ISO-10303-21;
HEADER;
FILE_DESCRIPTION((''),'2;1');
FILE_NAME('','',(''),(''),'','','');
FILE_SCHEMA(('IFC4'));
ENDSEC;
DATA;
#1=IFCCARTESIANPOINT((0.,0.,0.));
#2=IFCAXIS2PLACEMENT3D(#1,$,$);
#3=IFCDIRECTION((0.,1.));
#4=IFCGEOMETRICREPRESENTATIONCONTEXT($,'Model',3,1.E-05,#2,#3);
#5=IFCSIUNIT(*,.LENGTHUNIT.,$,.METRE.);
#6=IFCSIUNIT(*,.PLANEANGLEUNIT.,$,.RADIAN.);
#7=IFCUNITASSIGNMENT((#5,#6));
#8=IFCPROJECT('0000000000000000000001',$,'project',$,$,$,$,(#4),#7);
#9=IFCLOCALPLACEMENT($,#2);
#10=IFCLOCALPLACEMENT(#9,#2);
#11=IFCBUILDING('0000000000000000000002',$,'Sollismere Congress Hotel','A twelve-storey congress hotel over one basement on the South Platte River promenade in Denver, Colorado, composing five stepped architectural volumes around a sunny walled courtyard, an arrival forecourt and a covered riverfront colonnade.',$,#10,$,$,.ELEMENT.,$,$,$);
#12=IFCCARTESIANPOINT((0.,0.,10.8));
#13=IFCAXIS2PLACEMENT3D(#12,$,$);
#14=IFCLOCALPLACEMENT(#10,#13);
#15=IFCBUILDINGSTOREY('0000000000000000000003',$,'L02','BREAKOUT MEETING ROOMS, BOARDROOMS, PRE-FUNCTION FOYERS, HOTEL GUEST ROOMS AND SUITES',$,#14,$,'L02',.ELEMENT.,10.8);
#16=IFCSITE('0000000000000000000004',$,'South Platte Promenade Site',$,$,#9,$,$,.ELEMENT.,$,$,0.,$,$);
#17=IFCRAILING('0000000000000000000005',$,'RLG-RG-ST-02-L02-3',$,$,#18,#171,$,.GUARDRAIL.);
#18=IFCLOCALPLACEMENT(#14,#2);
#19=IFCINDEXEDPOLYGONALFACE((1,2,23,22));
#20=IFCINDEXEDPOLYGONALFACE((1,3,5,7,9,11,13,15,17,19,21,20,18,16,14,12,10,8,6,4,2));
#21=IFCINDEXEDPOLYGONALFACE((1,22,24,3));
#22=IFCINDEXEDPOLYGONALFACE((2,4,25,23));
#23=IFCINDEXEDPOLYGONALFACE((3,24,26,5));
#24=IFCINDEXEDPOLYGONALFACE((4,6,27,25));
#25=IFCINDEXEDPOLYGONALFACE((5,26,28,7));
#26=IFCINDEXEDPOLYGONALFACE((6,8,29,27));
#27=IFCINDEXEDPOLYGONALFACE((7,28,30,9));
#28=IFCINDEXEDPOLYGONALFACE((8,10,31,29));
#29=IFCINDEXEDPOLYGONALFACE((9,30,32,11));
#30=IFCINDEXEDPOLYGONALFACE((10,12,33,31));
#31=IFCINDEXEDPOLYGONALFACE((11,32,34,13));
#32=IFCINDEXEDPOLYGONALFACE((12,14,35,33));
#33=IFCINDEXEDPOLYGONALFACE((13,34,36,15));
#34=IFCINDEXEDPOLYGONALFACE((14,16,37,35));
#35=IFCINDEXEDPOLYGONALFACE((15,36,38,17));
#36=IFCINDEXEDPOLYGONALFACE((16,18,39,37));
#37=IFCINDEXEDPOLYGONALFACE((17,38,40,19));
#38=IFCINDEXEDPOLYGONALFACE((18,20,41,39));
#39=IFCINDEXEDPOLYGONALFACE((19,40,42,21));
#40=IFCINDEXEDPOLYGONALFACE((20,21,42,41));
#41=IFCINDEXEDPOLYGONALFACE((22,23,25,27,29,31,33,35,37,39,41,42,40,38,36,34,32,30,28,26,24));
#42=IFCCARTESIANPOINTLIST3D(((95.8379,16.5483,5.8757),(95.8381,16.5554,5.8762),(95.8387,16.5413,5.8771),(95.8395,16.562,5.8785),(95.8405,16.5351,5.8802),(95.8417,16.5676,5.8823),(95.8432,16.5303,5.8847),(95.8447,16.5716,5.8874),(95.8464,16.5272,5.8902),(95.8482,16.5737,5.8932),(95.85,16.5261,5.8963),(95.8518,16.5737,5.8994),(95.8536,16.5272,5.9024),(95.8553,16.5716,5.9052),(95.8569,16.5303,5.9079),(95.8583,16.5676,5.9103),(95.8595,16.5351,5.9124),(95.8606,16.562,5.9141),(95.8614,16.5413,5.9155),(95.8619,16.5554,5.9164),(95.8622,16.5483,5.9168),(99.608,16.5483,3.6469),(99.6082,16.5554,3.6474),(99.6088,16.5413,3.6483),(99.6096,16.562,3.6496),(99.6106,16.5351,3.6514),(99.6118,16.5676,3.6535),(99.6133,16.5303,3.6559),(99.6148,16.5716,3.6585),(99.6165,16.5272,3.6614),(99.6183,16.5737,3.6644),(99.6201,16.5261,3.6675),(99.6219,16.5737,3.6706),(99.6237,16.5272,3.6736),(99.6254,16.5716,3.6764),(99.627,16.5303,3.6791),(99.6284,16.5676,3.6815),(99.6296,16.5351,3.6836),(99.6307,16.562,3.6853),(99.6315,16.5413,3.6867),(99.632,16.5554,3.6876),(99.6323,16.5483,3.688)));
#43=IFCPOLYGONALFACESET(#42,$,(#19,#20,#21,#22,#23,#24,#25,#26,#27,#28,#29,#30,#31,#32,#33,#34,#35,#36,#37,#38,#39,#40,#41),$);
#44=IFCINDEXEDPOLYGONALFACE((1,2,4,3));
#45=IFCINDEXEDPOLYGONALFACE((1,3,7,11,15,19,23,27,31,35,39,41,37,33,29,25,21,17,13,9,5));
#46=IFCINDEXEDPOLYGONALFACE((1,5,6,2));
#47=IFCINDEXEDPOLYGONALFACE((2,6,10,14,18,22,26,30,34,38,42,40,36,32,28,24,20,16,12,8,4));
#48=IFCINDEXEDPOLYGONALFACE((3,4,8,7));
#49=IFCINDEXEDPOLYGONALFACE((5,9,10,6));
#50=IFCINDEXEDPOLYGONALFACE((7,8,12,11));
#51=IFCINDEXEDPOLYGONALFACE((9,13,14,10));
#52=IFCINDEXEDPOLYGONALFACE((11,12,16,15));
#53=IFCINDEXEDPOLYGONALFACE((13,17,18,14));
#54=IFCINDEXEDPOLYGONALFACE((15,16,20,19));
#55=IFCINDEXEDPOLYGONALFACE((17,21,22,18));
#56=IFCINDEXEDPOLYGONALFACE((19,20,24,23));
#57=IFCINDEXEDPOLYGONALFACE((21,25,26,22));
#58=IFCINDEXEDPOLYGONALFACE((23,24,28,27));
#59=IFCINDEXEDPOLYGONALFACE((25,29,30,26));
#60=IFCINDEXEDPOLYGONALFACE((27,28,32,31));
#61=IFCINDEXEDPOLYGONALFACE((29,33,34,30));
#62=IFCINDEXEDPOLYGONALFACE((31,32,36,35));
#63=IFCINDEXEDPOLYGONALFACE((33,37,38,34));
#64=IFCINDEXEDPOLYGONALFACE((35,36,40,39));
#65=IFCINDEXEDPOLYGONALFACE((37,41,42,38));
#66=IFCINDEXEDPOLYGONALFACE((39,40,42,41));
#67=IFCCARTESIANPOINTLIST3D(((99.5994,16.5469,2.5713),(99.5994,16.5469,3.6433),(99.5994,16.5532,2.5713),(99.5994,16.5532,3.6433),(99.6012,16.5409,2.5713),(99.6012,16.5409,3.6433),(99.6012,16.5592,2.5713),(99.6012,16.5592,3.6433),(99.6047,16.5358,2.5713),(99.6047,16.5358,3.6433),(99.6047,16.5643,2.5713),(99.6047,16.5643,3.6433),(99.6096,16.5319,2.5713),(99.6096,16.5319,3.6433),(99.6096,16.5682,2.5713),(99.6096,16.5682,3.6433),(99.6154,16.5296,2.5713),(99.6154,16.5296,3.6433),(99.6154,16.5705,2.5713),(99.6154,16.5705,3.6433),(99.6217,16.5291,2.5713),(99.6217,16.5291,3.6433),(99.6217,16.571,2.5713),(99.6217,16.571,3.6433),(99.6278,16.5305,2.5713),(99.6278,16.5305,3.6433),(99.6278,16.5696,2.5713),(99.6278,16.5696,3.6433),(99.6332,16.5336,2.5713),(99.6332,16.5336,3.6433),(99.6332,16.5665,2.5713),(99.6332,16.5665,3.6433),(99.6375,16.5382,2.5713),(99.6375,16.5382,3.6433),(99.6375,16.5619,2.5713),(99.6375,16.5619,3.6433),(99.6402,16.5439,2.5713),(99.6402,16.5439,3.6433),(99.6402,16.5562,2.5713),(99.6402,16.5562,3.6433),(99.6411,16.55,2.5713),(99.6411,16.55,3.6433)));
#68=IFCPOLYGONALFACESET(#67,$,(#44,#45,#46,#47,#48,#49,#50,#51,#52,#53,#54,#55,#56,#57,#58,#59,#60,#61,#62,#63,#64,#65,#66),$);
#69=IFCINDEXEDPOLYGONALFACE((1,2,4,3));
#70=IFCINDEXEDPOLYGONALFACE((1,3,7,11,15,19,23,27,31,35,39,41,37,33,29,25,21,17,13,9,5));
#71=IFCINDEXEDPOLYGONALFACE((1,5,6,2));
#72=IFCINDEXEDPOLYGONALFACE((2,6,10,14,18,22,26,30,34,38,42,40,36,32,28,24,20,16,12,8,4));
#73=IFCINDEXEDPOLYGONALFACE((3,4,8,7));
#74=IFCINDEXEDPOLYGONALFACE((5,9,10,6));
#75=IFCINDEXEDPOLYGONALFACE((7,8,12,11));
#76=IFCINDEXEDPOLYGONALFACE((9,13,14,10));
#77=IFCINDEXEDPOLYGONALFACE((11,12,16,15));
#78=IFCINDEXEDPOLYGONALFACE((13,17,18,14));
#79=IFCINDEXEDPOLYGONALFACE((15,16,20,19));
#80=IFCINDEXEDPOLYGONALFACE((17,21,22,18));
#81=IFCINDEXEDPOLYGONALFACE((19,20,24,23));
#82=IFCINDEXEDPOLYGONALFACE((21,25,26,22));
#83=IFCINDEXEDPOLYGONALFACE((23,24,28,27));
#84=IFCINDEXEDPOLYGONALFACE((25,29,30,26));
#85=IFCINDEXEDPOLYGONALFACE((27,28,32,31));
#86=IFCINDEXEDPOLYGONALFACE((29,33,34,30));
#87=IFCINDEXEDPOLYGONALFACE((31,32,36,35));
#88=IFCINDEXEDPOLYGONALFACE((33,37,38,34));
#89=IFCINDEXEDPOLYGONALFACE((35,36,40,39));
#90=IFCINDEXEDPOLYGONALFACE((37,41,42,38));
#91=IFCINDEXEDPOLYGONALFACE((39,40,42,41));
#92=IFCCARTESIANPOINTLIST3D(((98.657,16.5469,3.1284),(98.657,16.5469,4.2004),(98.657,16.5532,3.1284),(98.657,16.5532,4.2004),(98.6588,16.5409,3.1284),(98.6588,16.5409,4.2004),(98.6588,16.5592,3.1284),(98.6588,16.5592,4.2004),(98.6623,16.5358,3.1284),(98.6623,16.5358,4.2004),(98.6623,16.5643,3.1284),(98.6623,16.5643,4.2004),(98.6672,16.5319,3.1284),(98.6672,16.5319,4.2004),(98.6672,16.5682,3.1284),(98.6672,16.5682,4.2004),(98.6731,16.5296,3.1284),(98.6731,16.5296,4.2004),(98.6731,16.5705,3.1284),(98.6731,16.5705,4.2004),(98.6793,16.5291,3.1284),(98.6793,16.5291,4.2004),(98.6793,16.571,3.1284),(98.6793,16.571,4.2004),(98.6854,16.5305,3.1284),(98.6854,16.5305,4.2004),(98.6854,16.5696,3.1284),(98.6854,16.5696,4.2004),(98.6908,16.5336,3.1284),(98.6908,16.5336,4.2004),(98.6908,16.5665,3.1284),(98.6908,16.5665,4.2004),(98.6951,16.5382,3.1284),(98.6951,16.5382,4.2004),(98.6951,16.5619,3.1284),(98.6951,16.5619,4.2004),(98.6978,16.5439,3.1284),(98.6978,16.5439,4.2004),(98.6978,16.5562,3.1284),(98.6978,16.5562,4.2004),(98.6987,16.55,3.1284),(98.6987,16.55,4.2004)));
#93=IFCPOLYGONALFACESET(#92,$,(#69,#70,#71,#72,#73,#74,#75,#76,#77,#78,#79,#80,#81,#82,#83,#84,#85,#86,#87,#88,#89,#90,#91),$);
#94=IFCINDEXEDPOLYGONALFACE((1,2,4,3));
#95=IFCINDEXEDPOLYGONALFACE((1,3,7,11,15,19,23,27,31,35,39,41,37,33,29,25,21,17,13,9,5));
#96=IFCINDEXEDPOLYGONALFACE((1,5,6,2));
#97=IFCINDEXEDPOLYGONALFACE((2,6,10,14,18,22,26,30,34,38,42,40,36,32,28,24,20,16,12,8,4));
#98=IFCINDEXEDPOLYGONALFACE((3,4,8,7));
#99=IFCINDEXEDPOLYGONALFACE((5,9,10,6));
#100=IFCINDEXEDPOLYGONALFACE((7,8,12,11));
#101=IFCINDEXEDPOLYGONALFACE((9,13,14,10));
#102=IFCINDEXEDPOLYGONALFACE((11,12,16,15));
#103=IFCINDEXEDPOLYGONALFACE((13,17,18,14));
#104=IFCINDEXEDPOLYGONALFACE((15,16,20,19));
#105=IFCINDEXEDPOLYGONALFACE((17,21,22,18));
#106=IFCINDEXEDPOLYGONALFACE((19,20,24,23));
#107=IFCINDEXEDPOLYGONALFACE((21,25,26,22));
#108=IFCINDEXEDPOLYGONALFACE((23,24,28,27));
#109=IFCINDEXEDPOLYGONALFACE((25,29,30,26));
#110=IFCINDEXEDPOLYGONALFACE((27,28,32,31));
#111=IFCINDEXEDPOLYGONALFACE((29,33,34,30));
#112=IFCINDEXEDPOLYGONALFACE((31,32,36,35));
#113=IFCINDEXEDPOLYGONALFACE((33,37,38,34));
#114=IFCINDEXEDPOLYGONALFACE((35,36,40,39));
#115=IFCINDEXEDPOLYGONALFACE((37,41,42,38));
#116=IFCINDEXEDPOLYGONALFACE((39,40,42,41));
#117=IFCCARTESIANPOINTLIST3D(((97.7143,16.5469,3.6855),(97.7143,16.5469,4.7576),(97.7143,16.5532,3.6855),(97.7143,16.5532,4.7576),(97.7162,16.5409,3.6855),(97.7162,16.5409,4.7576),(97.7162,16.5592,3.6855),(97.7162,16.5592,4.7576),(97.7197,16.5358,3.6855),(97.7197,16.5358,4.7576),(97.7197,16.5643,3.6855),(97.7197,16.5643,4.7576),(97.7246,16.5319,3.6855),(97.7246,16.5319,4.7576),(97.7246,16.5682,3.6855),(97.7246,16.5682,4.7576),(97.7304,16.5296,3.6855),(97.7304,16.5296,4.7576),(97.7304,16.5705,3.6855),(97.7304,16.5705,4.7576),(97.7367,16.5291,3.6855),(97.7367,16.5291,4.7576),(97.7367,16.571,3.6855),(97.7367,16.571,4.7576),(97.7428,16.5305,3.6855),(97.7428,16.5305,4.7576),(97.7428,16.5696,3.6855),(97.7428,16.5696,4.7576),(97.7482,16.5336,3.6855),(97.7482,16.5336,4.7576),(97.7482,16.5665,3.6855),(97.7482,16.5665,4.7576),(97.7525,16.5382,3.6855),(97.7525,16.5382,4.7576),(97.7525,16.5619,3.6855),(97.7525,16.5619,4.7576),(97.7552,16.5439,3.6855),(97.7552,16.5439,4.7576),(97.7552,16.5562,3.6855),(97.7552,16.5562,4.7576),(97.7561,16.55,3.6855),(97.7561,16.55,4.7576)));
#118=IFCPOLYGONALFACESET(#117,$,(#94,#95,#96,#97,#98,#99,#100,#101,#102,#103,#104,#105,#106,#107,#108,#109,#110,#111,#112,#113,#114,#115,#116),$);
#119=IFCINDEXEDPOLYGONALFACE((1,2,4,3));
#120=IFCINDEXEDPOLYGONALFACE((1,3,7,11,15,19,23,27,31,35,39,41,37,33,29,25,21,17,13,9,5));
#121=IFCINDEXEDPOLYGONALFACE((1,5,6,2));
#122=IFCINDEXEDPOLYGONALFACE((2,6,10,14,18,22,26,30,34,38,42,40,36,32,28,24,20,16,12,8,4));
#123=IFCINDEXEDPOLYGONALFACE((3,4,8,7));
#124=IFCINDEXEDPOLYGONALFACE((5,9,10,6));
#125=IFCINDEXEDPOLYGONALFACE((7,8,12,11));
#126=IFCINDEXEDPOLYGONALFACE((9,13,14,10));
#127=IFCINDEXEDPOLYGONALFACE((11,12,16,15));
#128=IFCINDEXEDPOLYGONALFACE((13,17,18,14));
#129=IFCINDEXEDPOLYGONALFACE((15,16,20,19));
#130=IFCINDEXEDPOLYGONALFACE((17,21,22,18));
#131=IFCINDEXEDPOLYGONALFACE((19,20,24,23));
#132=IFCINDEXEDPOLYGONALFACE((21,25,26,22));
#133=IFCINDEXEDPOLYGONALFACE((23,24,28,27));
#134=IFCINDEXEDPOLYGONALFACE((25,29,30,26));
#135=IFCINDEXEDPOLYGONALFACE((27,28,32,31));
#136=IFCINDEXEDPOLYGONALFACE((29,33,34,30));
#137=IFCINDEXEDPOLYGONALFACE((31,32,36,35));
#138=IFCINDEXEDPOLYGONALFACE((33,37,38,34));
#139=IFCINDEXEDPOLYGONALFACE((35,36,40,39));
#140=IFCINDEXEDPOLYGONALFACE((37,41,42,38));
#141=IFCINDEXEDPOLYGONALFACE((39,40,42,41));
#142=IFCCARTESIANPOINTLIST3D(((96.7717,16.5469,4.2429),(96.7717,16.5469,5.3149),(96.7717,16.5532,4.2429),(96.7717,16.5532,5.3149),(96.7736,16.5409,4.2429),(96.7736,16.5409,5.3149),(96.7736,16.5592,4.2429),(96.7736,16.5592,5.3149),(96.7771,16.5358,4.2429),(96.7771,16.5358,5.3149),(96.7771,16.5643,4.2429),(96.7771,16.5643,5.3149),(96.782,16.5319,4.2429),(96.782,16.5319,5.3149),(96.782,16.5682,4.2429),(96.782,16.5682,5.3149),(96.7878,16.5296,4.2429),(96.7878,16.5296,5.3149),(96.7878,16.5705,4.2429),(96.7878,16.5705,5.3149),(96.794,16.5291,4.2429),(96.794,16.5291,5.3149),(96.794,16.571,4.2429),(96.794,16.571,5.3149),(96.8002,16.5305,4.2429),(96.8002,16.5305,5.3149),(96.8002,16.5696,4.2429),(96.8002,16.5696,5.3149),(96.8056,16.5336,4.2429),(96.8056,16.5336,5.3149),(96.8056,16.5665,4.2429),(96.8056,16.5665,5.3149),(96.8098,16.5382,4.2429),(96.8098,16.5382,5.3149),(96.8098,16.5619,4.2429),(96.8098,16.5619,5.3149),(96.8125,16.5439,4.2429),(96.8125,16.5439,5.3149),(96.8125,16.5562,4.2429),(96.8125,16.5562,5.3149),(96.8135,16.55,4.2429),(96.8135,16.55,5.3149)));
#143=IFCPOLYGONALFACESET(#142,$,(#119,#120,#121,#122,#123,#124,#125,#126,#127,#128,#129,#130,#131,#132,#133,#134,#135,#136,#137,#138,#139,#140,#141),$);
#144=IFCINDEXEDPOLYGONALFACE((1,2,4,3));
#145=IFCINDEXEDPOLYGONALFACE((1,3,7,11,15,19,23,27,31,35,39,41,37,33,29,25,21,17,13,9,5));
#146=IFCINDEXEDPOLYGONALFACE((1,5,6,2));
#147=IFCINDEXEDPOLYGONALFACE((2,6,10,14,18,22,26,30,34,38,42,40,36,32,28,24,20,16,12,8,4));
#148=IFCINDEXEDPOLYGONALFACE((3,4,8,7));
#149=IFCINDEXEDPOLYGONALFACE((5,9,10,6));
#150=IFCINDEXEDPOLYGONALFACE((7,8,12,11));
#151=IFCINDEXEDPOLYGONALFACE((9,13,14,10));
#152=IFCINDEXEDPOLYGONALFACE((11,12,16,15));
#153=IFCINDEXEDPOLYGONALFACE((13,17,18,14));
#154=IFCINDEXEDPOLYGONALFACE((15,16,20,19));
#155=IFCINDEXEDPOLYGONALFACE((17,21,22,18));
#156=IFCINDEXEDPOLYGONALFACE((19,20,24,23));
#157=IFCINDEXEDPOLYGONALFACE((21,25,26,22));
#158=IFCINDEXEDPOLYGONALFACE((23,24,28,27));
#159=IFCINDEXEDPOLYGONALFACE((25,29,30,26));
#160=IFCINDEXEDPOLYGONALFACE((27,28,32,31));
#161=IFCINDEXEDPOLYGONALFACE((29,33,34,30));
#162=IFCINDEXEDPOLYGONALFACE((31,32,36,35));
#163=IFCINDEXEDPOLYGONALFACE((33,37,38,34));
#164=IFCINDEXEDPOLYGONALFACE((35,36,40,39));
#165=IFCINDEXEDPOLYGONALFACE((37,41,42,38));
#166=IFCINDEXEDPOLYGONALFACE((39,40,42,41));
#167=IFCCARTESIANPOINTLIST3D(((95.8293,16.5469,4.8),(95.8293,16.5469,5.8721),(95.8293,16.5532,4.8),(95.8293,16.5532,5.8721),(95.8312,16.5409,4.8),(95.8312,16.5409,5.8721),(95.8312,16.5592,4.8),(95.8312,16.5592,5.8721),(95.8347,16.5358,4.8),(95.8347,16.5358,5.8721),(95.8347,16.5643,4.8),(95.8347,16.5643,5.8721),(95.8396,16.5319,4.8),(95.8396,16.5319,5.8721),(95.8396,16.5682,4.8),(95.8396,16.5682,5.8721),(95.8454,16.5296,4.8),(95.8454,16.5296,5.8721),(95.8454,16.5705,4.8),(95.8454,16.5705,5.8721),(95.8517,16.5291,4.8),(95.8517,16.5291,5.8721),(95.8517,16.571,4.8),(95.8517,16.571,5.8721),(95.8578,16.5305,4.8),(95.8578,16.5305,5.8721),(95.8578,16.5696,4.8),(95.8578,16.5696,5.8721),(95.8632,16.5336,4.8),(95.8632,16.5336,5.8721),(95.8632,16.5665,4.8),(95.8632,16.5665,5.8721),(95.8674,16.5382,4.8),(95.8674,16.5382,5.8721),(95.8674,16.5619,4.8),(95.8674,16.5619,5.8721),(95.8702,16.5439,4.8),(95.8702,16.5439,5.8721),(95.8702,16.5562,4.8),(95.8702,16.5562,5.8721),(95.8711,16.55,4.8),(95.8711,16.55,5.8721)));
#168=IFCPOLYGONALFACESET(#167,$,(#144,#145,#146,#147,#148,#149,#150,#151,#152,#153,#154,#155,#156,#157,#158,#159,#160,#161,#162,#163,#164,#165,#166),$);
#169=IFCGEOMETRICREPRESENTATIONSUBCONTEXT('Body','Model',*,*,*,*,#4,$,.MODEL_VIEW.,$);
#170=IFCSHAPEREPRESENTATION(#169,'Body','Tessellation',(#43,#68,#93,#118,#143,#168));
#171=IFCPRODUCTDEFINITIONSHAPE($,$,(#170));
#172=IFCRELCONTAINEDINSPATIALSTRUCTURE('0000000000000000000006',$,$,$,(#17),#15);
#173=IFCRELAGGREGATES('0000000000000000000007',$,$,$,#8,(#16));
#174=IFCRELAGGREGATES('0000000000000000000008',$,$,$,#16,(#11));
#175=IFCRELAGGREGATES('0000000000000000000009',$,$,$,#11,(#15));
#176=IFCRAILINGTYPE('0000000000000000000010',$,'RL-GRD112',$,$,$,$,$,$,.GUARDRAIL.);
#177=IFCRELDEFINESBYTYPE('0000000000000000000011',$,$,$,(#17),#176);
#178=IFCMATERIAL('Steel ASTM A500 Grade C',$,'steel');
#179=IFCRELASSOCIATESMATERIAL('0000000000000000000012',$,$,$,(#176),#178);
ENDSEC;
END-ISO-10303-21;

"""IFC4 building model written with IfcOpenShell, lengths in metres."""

from ifc_helpers import new_model, si_unit, direction, frame, origin, origin_2d, place, context, subcontext, project, spatial, circle, extrude, material, type_object, element, save


model = new_model("IFC4")

# Units and contexts
model_context = context("Model", 3, precision=1e-05, world=origin(), true_north=direction((0.0, 1.0)))
body_context = subcontext(model_context, "Body", "Model", "MODEL_VIEW")
ifc_project = project(units=[si_unit("LENGTHUNIT", "METRE"), si_unit("PLANEANGLEUNIT", "RADIAN")], contexts=[model_context])

# Site, building, storey
site_placement = place(None, origin())
site = spatial("IfcSite", under=ifc_project, at=site_placement, Name="South Platte Promenade Site", CompositionType="ELEMENT", RefElevation=0.0)
building_placement = place(site_placement, origin())
building = spatial("IfcBuilding", under=site, at=building_placement, Name="Sollismere Congress Hotel", Description="A twelve-storey congress hotel over one basement on the South Platte River promenade in Denver, Colorado, composing five stepped architectural volumes around a sunny walled courtyard, an arrival forecourt and a covered riverfront colonnade.", CompositionType="ELEMENT")
storey_placement = place(building_placement, frame((0.0, 0.0, 10.8)))
storey = spatial("IfcBuildingStorey", under=building, at=storey_placement, Name="L02", Description="BREAKOUT MEETING ROOMS, BOARDROOMS, PRE-FUNCTION FOYERS, HOTEL GUEST ROOMS AND SUITES", LongName="L02", CompositionType="ELEMENT", Elevation=10.8)

# Shared definitions
ifc_material_1 = material(Name="Steel ASTM A500 Grade C", Category="steel")

# Railing
railing_type_1 = type_object("IfcRailingType", Name="RL-GRD112", PredefinedType="GUARDRAIL", material=ifc_material_1)
railing_1_placement = place(storey_placement, frame((99.6201, 16.55, 2.5713)))
element("IfcRailing", 1, at=railing_1_placement, inside=storey, type_object=railing_type_1, Name="RLG-RG-ST-02-L02-3", PredefinedType="GUARDRAIL", context=body_context, shape_type="SweptSolid", body=[
    extrude(circle(Radius=0.0239, at=origin_2d()), frame((0.0, 0.0, 1.0962), z_axis=(-0.860824, 0.0, 0.508902), x_axis=(0.0, -1.0, 0.0)), (0.0, 0.0, 1.0), 4.3796),
    extrude(circle(Radius=0.021, at=origin_2d()), origin(), (0.0, 0.0, 1.0), 1.072),
    extrude(circle(Radius=0.021, at=origin_2d()), frame((-0.9424, 0.0, 0.5571)), (0.0, 0.0, 1.0), 1.072),
    extrude(circle(Radius=0.021, at=origin_2d()), frame((-1.885, 0.0, 1.1143)), (0.0, 0.0, 1.0), 1.072),
    extrude(circle(Radius=0.021, at=origin_2d()), frame((-2.8276, 0.0, 1.6716)), (0.0, 0.0, 1.0), 1.072),
    extrude(circle(Radius=0.021, at=origin_2d()), frame((-3.77, 0.0, 2.2288)), (0.0, 0.0, 1.0), 1.072),
])

save(model, "model.ifc")
